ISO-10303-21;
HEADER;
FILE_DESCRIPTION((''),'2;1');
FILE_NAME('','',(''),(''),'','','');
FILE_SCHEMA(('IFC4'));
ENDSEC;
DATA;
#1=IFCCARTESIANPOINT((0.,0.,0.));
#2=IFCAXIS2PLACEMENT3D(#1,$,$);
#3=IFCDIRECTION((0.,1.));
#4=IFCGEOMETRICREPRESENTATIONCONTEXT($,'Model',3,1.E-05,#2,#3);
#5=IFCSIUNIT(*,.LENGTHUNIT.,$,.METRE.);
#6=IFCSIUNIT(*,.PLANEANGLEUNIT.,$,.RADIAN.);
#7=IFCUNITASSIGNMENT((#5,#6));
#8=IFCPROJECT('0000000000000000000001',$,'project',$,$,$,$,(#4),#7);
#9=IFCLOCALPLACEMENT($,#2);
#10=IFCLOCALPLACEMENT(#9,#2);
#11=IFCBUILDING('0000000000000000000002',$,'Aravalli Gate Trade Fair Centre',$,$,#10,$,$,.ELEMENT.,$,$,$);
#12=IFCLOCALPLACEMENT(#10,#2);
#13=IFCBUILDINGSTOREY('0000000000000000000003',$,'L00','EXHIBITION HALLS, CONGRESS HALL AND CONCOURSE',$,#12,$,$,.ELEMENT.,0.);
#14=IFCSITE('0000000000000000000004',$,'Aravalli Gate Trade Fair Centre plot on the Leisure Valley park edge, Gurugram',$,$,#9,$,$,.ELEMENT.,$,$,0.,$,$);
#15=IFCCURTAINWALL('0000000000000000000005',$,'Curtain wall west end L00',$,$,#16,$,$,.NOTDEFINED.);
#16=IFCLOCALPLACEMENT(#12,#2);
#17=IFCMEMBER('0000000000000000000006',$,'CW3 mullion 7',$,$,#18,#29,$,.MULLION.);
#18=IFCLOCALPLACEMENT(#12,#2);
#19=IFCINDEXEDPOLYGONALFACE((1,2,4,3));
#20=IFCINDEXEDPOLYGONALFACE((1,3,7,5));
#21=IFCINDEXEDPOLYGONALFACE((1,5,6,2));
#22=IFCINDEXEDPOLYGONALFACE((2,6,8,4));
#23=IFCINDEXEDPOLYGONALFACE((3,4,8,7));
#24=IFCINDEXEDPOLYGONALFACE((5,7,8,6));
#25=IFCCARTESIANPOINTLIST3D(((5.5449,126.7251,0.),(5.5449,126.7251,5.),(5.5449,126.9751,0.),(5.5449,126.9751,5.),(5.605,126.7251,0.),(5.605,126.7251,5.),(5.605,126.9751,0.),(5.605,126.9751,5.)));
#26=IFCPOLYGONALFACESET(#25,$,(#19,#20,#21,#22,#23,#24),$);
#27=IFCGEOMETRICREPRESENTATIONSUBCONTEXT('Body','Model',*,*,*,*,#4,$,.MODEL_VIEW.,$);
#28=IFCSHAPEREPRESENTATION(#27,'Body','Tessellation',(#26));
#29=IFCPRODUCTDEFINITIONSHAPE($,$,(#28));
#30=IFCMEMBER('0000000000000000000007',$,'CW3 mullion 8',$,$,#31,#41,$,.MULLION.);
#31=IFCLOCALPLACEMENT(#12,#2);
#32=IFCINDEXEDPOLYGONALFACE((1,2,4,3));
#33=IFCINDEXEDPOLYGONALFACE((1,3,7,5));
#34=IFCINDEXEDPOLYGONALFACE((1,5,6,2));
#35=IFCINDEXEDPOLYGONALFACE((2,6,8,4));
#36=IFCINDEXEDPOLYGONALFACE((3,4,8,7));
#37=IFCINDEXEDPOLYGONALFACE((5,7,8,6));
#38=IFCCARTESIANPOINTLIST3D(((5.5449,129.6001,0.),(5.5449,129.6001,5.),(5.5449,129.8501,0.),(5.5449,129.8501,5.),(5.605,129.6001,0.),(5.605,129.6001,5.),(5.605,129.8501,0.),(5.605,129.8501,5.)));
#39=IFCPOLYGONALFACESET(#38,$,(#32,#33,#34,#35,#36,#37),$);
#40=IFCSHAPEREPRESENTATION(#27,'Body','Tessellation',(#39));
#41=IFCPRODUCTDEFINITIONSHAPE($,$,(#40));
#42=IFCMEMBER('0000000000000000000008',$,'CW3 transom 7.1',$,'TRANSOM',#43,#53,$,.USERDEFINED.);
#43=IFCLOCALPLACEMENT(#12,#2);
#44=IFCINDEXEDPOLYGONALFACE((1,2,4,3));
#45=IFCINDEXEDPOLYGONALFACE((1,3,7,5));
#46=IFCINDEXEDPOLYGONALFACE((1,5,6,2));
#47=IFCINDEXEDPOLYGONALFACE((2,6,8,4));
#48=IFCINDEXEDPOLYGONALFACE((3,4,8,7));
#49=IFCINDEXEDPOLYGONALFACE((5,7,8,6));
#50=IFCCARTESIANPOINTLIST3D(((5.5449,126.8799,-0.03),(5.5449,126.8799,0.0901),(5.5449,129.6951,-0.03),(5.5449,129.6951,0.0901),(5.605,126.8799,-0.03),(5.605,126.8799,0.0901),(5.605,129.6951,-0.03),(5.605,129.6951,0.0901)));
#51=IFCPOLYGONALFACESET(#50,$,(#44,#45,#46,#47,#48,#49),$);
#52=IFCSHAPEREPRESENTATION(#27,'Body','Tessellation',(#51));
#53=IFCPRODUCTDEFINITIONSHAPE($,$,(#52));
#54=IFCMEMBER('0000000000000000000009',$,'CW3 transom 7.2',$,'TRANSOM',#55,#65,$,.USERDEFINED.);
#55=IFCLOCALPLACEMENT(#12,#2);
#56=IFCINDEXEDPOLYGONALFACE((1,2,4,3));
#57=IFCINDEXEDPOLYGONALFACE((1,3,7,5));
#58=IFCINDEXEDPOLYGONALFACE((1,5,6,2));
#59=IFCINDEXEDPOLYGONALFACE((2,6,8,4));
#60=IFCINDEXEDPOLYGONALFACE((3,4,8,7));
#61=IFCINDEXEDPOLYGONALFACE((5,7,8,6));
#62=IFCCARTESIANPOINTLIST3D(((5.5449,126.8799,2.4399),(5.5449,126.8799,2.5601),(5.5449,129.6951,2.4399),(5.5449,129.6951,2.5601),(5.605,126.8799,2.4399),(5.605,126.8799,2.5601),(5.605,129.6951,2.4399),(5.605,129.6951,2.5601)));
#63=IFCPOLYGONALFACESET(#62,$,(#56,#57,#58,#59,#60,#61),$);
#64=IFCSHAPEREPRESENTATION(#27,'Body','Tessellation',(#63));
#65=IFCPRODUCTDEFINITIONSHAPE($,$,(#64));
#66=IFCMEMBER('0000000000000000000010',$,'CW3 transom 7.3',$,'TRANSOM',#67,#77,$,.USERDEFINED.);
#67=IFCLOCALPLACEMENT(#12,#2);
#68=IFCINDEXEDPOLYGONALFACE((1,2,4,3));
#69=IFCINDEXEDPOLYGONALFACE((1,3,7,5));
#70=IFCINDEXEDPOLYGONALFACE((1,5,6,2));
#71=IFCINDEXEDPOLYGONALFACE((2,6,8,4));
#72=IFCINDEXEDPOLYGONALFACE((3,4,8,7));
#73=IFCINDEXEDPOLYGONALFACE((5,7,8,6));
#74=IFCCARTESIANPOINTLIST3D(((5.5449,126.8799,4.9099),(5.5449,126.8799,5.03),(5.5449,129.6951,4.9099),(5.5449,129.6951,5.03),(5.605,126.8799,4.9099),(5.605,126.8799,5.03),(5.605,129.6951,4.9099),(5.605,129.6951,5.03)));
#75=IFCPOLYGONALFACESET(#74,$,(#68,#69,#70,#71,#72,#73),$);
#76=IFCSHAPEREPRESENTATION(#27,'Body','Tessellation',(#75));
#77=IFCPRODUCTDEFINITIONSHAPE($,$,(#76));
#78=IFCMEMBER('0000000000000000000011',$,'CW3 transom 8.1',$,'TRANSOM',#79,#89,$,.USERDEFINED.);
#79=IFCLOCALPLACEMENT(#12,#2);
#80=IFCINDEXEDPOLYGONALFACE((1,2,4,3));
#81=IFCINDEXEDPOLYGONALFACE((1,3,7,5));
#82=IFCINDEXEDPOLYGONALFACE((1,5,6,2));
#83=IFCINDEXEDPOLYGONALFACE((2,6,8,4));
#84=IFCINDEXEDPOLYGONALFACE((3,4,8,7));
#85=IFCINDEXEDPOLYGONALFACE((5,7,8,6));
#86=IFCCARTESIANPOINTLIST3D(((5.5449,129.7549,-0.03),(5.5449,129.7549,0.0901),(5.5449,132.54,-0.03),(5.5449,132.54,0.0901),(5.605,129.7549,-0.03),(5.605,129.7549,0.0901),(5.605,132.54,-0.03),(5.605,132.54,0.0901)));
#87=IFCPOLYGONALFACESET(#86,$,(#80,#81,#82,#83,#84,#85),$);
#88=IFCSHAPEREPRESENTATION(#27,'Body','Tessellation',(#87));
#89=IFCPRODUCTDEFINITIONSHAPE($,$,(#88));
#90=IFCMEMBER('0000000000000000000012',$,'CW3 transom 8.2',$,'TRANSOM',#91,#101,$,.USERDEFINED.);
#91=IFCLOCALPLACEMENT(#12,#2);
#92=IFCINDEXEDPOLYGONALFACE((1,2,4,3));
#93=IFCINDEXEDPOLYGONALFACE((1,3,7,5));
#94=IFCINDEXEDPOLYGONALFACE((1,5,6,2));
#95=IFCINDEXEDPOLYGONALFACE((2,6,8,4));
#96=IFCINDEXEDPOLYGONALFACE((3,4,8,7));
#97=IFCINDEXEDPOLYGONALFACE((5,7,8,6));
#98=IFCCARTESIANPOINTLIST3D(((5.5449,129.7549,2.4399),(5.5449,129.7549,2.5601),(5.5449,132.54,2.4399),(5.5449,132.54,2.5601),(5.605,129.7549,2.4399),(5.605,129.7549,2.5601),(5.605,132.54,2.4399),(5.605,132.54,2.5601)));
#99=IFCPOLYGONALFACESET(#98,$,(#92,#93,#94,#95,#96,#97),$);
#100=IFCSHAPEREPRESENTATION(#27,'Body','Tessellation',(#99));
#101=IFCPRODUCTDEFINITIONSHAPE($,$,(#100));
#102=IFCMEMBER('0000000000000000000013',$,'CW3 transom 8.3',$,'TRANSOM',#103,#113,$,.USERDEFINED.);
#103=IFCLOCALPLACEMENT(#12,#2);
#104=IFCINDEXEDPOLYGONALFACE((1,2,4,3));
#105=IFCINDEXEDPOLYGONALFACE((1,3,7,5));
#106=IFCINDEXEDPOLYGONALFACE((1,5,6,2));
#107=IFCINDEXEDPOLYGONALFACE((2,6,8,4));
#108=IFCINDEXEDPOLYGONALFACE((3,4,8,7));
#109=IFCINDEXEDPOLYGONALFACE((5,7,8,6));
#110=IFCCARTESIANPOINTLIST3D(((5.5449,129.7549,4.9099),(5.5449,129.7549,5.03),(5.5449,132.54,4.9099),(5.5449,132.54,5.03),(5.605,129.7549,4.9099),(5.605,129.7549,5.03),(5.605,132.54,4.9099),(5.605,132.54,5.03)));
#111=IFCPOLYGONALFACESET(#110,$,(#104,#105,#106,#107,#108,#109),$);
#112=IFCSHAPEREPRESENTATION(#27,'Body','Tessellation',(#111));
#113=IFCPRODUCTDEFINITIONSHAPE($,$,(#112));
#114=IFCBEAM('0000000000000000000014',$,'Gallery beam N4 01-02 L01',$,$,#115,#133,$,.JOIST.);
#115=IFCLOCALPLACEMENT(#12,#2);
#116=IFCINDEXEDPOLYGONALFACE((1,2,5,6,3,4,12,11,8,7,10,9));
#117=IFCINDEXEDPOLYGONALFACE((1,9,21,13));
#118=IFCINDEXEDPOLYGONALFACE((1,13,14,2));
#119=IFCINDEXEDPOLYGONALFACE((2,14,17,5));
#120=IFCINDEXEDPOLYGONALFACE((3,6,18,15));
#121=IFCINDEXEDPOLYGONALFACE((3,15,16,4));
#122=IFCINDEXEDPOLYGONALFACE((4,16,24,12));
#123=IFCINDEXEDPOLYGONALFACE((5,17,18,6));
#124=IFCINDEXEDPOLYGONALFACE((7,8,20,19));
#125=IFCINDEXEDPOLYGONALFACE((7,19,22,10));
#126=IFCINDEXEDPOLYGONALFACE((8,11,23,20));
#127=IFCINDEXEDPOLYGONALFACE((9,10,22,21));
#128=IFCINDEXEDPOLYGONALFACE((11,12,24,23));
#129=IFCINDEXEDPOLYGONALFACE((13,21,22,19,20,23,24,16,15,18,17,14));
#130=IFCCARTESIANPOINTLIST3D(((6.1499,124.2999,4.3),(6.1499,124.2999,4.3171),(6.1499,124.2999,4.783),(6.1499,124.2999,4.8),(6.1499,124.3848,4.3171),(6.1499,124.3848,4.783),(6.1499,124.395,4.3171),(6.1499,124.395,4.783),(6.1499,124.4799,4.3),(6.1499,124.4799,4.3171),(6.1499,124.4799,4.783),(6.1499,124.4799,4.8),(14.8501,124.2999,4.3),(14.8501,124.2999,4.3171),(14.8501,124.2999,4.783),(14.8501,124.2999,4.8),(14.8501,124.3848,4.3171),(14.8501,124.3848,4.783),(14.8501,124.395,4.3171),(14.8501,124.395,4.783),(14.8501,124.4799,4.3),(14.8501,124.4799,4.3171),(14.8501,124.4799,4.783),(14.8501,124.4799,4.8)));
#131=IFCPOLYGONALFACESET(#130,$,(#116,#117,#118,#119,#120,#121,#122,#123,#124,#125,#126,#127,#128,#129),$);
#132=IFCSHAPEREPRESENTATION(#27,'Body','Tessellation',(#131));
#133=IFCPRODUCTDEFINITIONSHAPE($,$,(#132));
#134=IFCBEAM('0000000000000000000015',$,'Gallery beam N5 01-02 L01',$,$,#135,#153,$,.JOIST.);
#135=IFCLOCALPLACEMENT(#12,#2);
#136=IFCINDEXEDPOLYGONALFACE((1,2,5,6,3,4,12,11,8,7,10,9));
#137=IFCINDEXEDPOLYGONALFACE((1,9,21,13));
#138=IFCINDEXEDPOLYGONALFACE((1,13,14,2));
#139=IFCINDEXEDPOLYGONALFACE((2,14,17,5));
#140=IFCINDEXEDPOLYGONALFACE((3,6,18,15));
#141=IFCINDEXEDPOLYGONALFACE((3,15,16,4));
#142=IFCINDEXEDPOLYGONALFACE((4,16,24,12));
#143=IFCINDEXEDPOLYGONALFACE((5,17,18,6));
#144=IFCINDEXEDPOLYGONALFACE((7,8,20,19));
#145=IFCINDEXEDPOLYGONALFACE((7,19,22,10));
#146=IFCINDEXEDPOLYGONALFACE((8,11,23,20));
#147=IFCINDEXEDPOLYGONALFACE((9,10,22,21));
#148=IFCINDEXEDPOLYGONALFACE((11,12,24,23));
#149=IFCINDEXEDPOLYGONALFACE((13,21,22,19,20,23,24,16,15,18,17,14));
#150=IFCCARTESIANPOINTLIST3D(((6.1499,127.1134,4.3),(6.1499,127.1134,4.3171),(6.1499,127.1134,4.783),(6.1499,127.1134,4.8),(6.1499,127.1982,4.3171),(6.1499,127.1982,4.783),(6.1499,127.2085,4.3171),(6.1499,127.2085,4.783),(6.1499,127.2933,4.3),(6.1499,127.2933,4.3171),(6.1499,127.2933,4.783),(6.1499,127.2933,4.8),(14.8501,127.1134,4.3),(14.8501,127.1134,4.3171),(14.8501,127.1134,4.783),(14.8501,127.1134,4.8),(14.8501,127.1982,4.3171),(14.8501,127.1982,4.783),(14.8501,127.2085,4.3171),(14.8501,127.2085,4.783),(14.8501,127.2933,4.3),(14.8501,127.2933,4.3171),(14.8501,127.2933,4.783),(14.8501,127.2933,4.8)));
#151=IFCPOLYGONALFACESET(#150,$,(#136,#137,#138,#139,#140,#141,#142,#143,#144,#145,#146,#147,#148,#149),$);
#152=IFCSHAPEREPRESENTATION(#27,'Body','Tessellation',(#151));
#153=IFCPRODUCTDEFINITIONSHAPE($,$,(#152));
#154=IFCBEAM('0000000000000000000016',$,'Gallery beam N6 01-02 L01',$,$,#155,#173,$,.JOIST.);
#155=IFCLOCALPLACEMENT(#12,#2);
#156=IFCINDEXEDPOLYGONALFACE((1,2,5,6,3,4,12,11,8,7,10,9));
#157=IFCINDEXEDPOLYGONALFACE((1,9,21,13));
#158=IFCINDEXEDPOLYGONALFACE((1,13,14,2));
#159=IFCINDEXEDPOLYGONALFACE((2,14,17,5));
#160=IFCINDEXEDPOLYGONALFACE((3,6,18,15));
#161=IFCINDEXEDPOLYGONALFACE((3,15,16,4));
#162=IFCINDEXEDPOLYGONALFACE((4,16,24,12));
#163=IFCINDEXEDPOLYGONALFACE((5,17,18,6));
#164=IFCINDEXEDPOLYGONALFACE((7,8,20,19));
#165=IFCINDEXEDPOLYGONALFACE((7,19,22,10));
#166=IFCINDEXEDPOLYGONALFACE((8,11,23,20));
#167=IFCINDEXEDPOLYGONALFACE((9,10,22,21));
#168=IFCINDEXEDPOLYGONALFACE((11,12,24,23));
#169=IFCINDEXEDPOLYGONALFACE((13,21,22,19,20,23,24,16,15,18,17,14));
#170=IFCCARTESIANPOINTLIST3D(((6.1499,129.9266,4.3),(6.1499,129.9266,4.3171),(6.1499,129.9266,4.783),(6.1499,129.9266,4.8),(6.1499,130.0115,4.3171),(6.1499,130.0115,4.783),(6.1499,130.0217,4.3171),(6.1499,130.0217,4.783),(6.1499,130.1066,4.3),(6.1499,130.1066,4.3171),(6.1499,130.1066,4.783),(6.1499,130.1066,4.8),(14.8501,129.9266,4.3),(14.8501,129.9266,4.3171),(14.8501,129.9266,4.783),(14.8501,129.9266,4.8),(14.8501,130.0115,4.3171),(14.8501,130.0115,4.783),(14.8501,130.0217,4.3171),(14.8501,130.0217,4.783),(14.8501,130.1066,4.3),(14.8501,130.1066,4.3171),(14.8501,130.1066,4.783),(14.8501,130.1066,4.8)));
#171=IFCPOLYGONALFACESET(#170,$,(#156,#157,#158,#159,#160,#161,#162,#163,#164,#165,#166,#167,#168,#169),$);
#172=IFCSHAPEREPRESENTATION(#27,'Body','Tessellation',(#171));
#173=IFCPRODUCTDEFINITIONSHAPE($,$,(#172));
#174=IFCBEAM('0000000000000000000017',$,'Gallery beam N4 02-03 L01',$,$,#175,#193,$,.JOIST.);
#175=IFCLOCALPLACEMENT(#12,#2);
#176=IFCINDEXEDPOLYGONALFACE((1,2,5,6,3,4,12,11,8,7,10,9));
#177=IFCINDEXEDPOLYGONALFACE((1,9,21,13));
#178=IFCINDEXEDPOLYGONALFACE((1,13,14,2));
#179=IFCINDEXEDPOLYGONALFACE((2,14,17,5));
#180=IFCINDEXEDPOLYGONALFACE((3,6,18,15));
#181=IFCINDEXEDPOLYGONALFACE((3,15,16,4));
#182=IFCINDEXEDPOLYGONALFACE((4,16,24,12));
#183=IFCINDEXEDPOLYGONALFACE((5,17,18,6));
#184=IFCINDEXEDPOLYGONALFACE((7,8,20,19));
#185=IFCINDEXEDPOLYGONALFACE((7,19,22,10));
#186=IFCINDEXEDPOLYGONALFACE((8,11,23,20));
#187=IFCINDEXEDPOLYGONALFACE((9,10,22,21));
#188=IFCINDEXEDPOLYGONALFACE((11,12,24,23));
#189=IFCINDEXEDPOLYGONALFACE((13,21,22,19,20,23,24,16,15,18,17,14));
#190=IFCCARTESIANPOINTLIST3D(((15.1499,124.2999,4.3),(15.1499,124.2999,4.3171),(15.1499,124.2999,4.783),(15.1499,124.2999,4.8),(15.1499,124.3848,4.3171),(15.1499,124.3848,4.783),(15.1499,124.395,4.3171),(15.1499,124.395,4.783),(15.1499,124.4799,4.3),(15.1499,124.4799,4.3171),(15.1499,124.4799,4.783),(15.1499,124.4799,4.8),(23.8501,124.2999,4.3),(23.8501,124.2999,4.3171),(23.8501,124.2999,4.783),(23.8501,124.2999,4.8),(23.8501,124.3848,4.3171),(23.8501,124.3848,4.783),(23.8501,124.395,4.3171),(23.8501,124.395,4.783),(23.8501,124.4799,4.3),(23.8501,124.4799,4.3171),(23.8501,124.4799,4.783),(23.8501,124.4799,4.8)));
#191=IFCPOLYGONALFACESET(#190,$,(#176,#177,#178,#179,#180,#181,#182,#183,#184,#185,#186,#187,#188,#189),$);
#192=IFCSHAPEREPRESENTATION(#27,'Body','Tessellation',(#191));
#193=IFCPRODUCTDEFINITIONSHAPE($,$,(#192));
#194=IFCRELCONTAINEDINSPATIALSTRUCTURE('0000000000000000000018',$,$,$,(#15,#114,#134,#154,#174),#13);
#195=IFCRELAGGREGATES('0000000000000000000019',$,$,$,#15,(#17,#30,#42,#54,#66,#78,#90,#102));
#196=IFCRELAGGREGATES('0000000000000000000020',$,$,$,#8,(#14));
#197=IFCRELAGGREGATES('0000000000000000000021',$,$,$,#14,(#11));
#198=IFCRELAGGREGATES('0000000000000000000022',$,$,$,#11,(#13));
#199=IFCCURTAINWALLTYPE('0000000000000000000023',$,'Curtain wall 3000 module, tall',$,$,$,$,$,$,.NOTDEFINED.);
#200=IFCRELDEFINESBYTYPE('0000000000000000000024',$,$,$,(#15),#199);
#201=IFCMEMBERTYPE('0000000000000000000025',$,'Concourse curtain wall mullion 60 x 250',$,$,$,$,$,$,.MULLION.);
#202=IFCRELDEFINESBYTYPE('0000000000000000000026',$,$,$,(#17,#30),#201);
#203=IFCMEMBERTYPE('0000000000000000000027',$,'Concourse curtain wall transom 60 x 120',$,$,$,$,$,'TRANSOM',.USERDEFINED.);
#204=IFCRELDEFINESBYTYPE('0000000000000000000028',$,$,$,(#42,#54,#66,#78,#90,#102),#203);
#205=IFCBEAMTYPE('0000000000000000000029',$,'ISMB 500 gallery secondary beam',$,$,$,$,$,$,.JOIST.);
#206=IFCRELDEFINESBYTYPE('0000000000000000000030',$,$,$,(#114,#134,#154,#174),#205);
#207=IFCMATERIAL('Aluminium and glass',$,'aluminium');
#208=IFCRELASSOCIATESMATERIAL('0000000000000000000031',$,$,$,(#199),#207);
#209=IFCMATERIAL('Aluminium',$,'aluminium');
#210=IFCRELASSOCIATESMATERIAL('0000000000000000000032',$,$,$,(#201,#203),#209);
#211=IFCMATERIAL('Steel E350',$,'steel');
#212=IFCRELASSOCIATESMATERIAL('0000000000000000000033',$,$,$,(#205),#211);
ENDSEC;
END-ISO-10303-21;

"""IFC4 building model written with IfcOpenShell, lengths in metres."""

from ifc_helpers import new_model, si_unit, direction, frame, origin, origin_2d, place, context, subcontext, project, spatial, rectangle, i_section, extrude, material, material_profile, profile_set, type_object, element, aggregate, save


model = new_model("IFC4")

# Units and contexts
model_context = context("Model", 3, precision=1e-05, world=origin(), true_north=direction((0.0, 1.0)))
body_context = subcontext(model_context, "Body", "Model", "MODEL_VIEW")
ifc_project = project(units=[si_unit("LENGTHUNIT", "METRE"), si_unit("PLANEANGLEUNIT", "RADIAN")], contexts=[model_context])

# Site, building, storey
site_placement = place(None, origin())
site = spatial("IfcSite", under=ifc_project, at=site_placement, Name="Aravalli Gate Trade Fair Centre plot on the Leisure Valley park edge, Gurugram", CompositionType="ELEMENT", RefElevation=0.0)
building_placement = place(site_placement, origin())
building = spatial("IfcBuilding", under=site, at=building_placement, Name="Aravalli Gate Trade Fair Centre", CompositionType="ELEMENT")
storey_placement = place(building_placement, origin())
storey = spatial("IfcBuildingStorey", under=building, at=storey_placement, Name="L00", Description="EXHIBITION HALLS, CONGRESS HALL AND CONCOURSE", CompositionType="ELEMENT", Elevation=0.0)

# Curtain wall, members
ifc_material_1 = material(Name="Aluminium and glass", Category="aluminium")
curtain_wall_type = type_object("IfcCurtainWallType", Name="Curtain wall 3000 module, tall", PredefinedType="NOTDEFINED", material=ifc_material_1)
curtain_wall_placement = place(storey_placement, origin())
curtain_wall = element("IfcCurtainWall", 1, at=curtain_wall_placement, inside=storey, type_object=curtain_wall_type, Name="Curtain wall west end L00", PredefinedType="NOTDEFINED")
ifc_material_2 = material(Name="Aluminium", Category="aluminium")
ifc_material_profile_1 = material_profile(ifc_material_2, rectangle(XDim=0.0601, YDim=0.25, at=origin_2d()), Name="Concourse curtain wall mullion 60 x 250")
ifc_profile_set_1 = profile_set([ifc_material_profile_1], Name="Aluminium")
member_type_1 = type_object("IfcMemberType", Name="Concourse curtain wall mullion 60 x 250", PredefinedType="MULLION", material=ifc_profile_set_1)
member_1_placement = place(storey_placement, frame((5.575, 126.8501, 0.0), z_axis=(0.0, 0.0, 1.0), x_axis=(-1.0, 0.0, 0.0)))
member_1 = element("IfcMember", 2, at=member_1_placement, type_object=member_type_1, Name="CW3 mullion 7", PredefinedType="MULLION", context=body_context, shape_type="SweptSolid", body=[
    extrude(rectangle(XDim=0.0601, YDim=0.25, at=origin_2d()), origin(), (0.0, 0.0, 1.0), 5.0),
])
member_2_placement = place(storey_placement, frame((5.575, 129.7251, 0.0), z_axis=(0.0, 0.0, 1.0), x_axis=(-1.0, 0.0, 0.0)))
member_2 = element("IfcMember", 3, at=member_2_placement, type_object=member_type_1, Name="CW3 mullion 8", PredefinedType="MULLION", context=body_context, shape_type="SweptSolid", body=[
    extrude(rectangle(XDim=0.0601, YDim=0.25, at=origin_2d()), origin(), (0.0, 0.0, 1.0), 5.0),
])
ifc_material_profile_2 = material_profile(ifc_material_2, rectangle(XDim=0.0601, YDim=0.1201, at=origin_2d()), Name="Concourse curtain wall transom 60 x 120")
ifc_profile_set_2 = profile_set([ifc_material_profile_2], Name="Aluminium")
member_type_2 = type_object("IfcMemberType", Name="Concourse curtain wall transom 60 x 120", ElementType="TRANSOM", PredefinedType="USERDEFINED", material=ifc_profile_set_2)
member_3_placement = place(storey_placement, frame((5.575, 126.8799, 0.03), z_axis=(0.0, 1.0, 0.0), x_axis=(-1.0, 0.0, 0.0)))
member_3 = element("IfcMember", 4, at=member_3_placement, type_object=member_type_2, Name="CW3 transom 7.1", ObjectType="TRANSOM", PredefinedType="USERDEFINED", context=body_context, shape_type="SweptSolid", body=[
    extrude(rectangle(XDim=0.0601, YDim=0.1201, at=origin_2d()), origin(), (0.0, 0.0, 1.0), 2.8152),
])
member_4_placement = place(storey_placement, frame((5.575, 126.8799, 2.5), z_axis=(0.0, 1.0, 0.0), x_axis=(-1.0, 0.0, 0.0)))
member_4 = element("IfcMember", 5, at=member_4_placement, type_object=member_type_2, Name="CW3 transom 7.2", ObjectType="TRANSOM", PredefinedType="USERDEFINED", context=body_context, shape_type="SweptSolid", body=[
    extrude(rectangle(XDim=0.0601, YDim=0.1201, at=origin_2d()), origin(), (0.0, 0.0, 1.0), 2.8152),
])
member_5_placement = place(storey_placement, frame((5.575, 126.8799, 4.97), z_axis=(0.0, 1.0, 0.0), x_axis=(-1.0, 0.0, 0.0)))
member_5 = element("IfcMember", 6, at=member_5_placement, type_object=member_type_2, Name="CW3 transom 7.3", ObjectType="TRANSOM", PredefinedType="USERDEFINED", context=body_context, shape_type="SweptSolid", body=[
    extrude(rectangle(XDim=0.0601, YDim=0.1201, at=origin_2d()), origin(), (0.0, 0.0, 1.0), 2.8152),
])
member_6_placement = place(storey_placement, frame((5.575, 129.7549, 0.03), z_axis=(0.0, 1.0, 0.0), x_axis=(-1.0, 0.0, 0.0)))
member_6 = element("IfcMember", 7, at=member_6_placement, type_object=member_type_2, Name="CW3 transom 8.1", ObjectType="TRANSOM", PredefinedType="USERDEFINED", context=body_context, shape_type="SweptSolid", body=[
    extrude(rectangle(XDim=0.0601, YDim=0.1201, at=origin_2d()), origin(), (0.0, 0.0, 1.0), 2.7852),
])
member_7_placement = place(storey_placement, frame((5.575, 129.7549, 2.5), z_axis=(0.0, 1.0, 0.0), x_axis=(-1.0, 0.0, 0.0)))
member_7 = element("IfcMember", 8, at=member_7_placement, type_object=member_type_2, Name="CW3 transom 8.2", ObjectType="TRANSOM", PredefinedType="USERDEFINED", context=body_context, shape_type="SweptSolid", body=[
    extrude(rectangle(XDim=0.0601, YDim=0.1201, at=origin_2d()), origin(), (0.0, 0.0, 1.0), 2.7852),
])
member_8_placement = place(storey_placement, frame((5.575, 129.7549, 4.97), z_axis=(0.0, 1.0, 0.0), x_axis=(-1.0, 0.0, 0.0)))
member_8 = element("IfcMember", 9, at=member_8_placement, type_object=member_type_2, Name="CW3 transom 8.3", ObjectType="TRANSOM", PredefinedType="USERDEFINED", context=body_context, shape_type="SweptSolid", body=[
    extrude(rectangle(XDim=0.0601, YDim=0.1201, at=origin_2d()), origin(), (0.0, 0.0, 1.0), 2.7852),
])

# Beams
ifc_material_3 = material(Name="Steel E350", Category="steel")
ifc_material_profile_3 = material_profile(ifc_material_3, i_section(OverallWidth=0.1799, OverallDepth=0.5, WebThickness=0.0103, FlangeThickness=0.0171, at=origin_2d()), Name="ISMB 500")
ifc_profile_set_3 = profile_set([ifc_material_profile_3], Name="Steel E350")
beam_type = type_object("IfcBeamType", Name="ISMB 500 gallery secondary beam", PredefinedType="JOIST", material=ifc_profile_set_3)
for number, where, z_axis, x_axis, name in (
    (10, (6.1499, 124.3899, 4.55), (1.0, 0.0, 0.0), (0.0, 1.0, 0.0), "Gallery beam N4 01-02 L01"),
    (11, (6.1499, 127.2034, 4.55), (1.0, 0.0, 0.0), (0.0, 1.0, 0.0), "Gallery beam N5 01-02 L01"),
    (12, (6.1499, 130.0166, 4.55), (1.0, 0.0, 0.0), (0.0, 1.0, 0.0), "Gallery beam N6 01-02 L01"),
    (13, (15.1499, 124.3899, 4.55), (1.0, 0.0, 0.0), (0.0, 1.0, 0.0), "Gallery beam N4 02-03 L01"),
):
    element("IfcBeam", number, at=place(storey_placement, frame(where, z_axis=z_axis, x_axis=x_axis)), inside=storey, type_object=beam_type, Name=name, PredefinedType="JOIST", context=body_context, shape_type="SweptSolid", body=[
        extrude(i_section(OverallWidth=0.1799, OverallDepth=0.5, WebThickness=0.0103, FlangeThickness=0.0171, at=origin_2d()), origin(), (0.0, 0.0, 1.0), 8.7002),
    ])

aggregate(curtain_wall, [member_1, member_2, member_3, member_4, member_5, member_6, member_7, member_8])

save(model, "model.ifc")
